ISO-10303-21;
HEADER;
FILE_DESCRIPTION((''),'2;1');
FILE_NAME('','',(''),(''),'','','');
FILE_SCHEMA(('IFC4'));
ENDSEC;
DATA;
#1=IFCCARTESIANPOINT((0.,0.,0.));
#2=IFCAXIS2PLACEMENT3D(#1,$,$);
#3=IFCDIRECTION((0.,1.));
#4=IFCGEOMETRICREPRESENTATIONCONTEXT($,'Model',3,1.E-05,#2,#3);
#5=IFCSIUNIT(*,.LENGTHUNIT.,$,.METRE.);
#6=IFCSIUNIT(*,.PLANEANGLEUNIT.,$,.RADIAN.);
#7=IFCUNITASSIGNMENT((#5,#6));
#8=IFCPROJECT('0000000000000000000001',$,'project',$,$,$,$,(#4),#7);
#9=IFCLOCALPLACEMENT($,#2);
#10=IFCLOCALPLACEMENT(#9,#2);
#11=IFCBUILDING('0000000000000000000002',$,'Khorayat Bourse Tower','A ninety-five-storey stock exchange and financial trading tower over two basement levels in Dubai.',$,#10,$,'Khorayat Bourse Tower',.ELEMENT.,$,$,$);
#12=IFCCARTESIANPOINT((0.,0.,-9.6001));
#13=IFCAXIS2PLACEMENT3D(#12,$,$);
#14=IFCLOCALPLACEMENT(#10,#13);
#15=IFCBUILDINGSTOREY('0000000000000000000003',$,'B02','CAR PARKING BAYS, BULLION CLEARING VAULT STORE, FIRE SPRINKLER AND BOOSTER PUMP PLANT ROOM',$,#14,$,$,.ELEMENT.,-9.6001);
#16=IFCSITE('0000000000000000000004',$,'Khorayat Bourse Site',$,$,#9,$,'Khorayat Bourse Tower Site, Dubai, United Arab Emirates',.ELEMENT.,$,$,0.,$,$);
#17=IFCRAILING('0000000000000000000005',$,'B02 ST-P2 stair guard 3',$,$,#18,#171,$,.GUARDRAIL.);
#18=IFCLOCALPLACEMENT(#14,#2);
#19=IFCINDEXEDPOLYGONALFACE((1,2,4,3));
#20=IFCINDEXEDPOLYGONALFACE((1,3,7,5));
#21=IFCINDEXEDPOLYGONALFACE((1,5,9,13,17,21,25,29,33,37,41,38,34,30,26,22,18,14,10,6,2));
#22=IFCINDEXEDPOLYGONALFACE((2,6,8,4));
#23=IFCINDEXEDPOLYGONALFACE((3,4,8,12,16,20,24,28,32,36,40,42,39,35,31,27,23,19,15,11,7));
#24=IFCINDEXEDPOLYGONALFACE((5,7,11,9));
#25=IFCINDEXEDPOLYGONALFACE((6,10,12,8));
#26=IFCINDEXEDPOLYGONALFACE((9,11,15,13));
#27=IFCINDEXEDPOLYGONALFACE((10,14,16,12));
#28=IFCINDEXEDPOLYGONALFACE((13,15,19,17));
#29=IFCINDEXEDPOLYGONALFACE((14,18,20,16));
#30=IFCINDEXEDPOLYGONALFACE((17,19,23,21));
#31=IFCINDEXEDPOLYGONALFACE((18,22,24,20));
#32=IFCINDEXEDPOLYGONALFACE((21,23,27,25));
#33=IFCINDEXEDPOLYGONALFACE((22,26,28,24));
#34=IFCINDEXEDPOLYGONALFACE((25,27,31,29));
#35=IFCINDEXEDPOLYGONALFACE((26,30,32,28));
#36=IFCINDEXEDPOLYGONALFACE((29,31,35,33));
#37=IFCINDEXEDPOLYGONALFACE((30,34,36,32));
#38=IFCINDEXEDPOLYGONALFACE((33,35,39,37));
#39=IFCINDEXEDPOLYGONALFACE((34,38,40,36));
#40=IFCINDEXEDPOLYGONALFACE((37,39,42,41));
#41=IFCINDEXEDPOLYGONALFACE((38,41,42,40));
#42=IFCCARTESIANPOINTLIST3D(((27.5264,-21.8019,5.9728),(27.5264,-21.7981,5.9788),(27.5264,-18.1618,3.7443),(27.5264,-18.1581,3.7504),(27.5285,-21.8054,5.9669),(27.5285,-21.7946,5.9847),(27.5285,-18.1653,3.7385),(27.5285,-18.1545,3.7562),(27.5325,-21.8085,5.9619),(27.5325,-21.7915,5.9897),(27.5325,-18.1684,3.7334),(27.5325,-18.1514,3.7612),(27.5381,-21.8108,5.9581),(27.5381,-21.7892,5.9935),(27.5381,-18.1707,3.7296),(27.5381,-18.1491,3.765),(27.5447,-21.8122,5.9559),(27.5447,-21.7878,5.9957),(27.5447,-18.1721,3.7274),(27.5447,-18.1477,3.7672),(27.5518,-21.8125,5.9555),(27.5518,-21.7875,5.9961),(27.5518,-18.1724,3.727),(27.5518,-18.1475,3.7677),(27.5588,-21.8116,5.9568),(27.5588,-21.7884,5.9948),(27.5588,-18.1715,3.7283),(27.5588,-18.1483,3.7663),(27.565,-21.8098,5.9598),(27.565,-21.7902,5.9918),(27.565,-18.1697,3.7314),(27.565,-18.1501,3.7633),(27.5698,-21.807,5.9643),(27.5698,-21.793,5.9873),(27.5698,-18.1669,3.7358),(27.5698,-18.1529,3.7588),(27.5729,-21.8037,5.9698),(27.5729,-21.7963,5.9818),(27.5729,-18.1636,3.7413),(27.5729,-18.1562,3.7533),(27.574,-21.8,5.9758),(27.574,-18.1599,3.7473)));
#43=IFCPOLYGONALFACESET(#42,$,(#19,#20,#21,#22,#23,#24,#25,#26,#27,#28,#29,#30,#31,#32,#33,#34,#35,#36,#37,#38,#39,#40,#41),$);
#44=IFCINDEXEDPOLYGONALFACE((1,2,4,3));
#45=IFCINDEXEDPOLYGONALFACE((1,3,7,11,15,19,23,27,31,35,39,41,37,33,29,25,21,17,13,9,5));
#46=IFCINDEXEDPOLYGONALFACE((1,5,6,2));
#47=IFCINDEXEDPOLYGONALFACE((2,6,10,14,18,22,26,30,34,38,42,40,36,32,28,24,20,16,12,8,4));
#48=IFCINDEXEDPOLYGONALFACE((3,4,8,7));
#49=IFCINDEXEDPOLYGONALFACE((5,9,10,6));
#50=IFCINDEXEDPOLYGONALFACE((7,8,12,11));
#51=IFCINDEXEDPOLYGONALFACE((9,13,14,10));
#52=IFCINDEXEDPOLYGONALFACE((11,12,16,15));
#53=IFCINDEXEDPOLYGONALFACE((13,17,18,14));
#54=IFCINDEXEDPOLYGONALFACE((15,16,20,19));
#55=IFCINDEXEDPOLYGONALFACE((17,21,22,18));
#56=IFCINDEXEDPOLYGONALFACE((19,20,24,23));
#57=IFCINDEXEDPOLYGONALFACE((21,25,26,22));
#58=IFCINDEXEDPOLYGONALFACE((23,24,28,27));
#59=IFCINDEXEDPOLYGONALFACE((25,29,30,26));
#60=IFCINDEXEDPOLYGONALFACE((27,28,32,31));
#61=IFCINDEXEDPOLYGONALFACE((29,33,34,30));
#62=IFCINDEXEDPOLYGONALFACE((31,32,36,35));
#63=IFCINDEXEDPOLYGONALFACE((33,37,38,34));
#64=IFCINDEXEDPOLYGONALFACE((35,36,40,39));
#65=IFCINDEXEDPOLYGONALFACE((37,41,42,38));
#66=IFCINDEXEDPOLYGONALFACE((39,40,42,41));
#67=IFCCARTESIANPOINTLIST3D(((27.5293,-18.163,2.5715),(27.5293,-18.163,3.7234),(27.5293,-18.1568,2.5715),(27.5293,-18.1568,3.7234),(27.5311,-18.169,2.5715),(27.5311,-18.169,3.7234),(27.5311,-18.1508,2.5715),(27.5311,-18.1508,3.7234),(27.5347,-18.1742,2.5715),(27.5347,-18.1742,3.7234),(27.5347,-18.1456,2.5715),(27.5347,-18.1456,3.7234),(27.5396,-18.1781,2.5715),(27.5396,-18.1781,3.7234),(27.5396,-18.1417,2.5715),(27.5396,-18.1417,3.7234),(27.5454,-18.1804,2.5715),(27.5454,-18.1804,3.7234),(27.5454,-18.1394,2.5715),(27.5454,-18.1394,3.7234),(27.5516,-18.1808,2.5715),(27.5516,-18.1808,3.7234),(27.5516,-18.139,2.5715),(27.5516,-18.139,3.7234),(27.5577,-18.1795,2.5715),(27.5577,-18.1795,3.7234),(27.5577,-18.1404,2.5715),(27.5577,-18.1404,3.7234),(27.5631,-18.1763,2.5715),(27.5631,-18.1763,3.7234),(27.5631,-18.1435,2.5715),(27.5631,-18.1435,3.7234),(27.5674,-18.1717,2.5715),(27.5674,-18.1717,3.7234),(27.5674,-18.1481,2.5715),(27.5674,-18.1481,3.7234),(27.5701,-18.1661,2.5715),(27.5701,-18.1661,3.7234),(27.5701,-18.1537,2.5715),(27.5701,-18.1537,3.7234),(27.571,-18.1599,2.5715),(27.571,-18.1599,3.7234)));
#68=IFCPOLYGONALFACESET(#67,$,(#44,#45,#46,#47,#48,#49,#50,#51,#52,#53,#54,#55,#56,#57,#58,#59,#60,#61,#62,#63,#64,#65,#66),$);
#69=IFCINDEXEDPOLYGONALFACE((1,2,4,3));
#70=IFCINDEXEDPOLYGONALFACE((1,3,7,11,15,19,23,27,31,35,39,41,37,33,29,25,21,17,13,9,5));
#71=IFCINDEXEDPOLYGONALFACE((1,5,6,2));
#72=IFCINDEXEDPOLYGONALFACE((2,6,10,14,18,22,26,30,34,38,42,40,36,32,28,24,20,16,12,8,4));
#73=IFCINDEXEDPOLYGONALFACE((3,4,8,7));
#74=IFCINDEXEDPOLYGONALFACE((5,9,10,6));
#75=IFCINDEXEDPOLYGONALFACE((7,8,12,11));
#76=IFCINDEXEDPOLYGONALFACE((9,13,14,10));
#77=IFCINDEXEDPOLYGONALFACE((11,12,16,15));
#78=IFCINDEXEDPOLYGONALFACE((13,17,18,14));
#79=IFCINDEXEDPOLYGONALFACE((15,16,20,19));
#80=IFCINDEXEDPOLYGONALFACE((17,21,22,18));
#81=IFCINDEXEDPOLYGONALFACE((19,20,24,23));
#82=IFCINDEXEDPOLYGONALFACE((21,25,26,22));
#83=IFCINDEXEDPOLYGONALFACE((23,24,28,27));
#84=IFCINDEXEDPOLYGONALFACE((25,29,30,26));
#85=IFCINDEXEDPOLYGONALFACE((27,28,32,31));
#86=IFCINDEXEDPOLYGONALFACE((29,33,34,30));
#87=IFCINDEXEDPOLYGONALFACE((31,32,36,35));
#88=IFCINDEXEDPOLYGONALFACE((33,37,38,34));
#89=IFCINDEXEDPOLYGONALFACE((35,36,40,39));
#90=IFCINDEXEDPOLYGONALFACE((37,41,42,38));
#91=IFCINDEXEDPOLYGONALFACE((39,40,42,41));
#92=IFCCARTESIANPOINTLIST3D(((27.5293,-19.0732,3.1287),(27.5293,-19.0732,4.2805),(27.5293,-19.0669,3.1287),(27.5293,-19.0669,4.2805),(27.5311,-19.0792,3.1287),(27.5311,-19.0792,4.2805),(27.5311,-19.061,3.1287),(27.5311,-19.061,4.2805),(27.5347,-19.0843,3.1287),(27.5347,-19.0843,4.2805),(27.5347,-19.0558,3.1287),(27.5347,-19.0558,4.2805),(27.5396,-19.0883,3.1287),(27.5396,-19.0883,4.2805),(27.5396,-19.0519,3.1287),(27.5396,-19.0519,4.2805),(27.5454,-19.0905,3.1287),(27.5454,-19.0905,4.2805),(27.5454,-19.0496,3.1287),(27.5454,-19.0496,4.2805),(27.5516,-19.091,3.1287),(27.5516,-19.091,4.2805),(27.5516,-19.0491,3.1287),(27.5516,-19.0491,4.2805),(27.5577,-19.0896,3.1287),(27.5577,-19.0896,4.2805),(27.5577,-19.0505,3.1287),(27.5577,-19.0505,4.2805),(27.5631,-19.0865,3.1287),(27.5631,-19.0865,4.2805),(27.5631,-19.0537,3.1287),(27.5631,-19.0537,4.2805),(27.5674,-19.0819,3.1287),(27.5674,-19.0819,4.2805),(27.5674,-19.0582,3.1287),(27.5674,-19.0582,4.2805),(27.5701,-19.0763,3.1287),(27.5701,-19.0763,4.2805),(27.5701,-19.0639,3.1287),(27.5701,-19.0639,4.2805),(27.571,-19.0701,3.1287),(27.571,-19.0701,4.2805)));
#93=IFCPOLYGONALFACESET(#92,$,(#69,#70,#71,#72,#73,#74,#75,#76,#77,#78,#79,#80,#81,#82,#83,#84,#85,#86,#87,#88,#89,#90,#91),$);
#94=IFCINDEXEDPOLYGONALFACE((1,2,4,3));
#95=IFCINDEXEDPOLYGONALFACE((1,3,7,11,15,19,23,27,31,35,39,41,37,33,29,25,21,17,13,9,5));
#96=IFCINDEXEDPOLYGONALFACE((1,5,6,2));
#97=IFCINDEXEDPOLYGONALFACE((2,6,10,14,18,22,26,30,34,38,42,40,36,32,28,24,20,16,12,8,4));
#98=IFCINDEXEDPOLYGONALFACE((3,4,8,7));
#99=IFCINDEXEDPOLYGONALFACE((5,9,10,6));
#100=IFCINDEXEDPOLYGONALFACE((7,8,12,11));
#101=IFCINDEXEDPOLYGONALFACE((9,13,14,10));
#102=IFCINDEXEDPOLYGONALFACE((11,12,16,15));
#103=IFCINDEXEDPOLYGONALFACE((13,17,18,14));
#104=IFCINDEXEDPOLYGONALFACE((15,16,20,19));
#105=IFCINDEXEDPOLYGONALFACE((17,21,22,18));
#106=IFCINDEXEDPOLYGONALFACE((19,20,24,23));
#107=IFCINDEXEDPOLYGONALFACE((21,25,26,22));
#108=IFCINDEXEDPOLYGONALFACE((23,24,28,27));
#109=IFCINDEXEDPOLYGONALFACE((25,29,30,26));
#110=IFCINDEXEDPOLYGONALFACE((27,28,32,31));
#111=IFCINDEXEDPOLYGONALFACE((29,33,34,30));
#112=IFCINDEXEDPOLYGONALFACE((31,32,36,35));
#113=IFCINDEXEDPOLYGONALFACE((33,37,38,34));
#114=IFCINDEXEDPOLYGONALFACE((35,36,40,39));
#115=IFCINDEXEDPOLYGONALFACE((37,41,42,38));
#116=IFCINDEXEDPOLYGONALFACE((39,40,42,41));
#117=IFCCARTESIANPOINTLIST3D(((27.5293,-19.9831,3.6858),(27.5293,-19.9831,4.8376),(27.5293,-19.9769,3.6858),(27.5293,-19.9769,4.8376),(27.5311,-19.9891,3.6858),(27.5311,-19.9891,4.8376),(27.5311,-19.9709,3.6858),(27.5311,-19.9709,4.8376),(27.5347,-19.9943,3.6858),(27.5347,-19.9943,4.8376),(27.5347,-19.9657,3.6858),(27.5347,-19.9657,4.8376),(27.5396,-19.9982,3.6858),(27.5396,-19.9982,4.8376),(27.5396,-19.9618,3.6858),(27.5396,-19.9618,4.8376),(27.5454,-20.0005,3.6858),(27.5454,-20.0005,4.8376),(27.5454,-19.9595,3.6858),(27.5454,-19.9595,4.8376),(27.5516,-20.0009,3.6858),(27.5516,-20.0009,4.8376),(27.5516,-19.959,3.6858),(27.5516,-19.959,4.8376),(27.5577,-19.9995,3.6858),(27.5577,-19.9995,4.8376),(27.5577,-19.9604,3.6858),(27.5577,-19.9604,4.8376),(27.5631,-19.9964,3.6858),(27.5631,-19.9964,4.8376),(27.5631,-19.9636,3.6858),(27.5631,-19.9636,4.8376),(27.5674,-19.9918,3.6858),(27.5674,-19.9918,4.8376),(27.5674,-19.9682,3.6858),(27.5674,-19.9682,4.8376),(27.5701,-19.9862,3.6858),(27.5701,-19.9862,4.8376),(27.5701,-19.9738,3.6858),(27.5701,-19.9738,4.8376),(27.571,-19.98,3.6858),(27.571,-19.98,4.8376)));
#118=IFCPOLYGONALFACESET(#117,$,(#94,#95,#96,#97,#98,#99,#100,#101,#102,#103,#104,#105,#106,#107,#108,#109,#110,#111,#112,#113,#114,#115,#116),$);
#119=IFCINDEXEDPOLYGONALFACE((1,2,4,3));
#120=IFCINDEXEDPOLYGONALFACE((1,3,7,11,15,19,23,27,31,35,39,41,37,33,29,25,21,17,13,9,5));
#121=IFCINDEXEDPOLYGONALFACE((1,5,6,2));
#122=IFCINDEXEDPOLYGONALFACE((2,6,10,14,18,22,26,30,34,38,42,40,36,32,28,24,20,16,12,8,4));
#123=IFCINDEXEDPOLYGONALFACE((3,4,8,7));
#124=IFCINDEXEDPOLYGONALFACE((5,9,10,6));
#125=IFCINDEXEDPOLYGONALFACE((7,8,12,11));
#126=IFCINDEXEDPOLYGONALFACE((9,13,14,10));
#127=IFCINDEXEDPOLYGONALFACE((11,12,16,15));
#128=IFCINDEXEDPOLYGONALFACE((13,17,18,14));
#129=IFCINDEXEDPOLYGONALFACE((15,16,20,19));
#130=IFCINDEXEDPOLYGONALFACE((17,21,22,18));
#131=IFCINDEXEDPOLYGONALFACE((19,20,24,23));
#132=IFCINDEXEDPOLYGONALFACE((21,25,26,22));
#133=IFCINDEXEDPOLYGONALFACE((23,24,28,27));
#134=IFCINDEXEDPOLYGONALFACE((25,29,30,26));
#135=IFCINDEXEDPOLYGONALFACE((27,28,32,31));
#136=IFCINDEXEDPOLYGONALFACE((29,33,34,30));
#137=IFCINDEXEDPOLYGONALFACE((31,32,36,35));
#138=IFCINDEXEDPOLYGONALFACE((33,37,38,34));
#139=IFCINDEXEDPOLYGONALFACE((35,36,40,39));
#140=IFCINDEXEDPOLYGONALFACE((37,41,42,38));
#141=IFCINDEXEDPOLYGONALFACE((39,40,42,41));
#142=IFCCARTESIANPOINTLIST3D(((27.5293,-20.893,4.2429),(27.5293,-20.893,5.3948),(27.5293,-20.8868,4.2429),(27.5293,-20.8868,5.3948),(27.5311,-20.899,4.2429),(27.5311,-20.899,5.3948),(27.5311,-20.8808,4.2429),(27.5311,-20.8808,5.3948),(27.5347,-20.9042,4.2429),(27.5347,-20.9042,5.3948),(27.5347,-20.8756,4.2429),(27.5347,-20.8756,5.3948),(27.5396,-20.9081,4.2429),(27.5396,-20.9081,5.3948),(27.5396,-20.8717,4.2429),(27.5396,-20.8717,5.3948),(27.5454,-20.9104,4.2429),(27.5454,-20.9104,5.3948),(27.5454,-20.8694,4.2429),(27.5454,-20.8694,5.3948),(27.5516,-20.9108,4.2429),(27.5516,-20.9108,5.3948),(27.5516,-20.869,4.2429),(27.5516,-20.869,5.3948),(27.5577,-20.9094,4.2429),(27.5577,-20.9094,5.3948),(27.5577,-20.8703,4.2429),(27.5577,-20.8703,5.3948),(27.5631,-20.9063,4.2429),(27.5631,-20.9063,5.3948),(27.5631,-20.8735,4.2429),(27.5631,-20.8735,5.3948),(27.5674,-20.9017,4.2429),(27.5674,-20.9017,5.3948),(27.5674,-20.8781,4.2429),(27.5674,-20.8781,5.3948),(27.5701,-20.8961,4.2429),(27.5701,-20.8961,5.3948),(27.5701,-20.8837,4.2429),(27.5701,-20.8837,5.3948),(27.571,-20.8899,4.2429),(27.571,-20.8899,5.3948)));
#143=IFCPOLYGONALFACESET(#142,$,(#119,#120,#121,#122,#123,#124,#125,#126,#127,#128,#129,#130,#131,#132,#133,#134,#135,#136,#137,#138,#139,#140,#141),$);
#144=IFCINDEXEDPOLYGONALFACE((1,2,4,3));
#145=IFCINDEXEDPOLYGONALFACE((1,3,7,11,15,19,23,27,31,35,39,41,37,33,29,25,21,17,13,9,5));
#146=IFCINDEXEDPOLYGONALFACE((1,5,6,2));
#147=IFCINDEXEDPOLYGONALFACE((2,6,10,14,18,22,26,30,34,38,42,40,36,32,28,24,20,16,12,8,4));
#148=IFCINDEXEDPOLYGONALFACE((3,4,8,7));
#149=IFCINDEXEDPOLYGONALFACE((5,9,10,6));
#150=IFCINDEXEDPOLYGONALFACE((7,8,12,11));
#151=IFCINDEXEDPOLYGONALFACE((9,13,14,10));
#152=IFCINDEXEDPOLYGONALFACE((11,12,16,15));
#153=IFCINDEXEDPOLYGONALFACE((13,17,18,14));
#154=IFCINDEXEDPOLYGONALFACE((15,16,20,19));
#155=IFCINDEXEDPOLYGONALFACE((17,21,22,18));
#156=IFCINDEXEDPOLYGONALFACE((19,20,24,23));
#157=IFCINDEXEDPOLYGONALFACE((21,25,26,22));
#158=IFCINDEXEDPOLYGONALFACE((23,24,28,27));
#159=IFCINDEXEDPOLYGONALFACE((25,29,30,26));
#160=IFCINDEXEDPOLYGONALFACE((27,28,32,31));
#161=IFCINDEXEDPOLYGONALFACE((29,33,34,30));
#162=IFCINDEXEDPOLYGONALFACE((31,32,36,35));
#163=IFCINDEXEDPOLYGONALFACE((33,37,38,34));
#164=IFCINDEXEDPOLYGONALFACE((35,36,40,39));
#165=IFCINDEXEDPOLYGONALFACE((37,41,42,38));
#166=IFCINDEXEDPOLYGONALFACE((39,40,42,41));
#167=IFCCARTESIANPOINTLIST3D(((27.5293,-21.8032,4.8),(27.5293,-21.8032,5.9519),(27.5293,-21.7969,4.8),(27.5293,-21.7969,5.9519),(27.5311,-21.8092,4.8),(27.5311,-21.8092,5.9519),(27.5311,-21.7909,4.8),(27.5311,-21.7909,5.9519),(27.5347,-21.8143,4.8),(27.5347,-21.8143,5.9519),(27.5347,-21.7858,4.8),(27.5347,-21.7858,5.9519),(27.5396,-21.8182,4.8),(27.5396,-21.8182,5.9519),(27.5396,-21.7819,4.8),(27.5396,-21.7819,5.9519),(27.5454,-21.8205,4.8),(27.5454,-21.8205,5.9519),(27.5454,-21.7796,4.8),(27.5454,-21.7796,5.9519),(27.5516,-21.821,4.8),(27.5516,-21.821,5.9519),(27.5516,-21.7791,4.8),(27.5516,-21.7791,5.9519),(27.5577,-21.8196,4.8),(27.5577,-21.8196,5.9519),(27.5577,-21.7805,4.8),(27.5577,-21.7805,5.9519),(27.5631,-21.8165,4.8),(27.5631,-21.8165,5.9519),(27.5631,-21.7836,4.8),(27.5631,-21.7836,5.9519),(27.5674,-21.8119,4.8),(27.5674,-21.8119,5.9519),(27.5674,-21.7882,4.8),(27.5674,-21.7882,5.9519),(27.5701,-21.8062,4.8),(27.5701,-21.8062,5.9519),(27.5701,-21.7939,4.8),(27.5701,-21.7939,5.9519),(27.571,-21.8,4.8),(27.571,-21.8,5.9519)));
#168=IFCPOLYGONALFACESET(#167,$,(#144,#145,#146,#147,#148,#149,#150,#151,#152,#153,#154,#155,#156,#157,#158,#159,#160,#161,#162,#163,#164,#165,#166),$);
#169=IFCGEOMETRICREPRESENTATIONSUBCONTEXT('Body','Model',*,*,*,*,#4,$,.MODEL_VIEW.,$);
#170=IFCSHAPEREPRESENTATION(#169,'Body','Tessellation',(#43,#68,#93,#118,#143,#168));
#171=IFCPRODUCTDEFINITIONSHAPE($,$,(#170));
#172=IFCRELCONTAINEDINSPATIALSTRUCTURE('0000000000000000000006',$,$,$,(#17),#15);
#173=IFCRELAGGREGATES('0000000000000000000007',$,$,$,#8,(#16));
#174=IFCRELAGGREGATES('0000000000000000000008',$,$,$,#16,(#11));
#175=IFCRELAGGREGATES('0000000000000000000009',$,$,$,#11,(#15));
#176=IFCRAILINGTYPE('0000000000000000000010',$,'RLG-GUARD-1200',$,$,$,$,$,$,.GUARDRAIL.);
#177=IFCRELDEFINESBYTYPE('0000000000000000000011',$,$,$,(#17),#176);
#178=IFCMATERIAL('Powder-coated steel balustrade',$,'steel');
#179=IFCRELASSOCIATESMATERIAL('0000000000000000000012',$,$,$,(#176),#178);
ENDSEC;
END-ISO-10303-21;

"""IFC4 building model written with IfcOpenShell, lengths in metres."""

from ifc_helpers import new_model, si_unit, direction, frame, origin, origin_2d, place, context, subcontext, project, spatial, circle, extrude, source, transform, mapped, material, type_object, element, save


model = new_model("IFC4")

# Units and contexts
model_context = context("Model", 3, precision=1e-05, world=origin(), true_north=direction((0.0, 1.0)))
body_context = subcontext(model_context, "Body", "Model", "MODEL_VIEW")
ifc_project = project(units=[si_unit("LENGTHUNIT", "METRE"), si_unit("PLANEANGLEUNIT", "RADIAN")], contexts=[model_context])

# Site, building, storey
site_placement = place(None, origin())
site = spatial("IfcSite", under=ifc_project, at=site_placement, Name="Khorayat Bourse Site", LongName="Khorayat Bourse Tower Site, Dubai, United Arab Emirates", CompositionType="ELEMENT", RefElevation=0.0)
building_placement = place(site_placement, origin())
building = spatial("IfcBuilding", under=site, at=building_placement, Name="Khorayat Bourse Tower", Description="A ninety-five-storey stock exchange and financial trading tower over two basement levels in Dubai.", LongName="Khorayat Bourse Tower", CompositionType="ELEMENT")
storey_placement = place(building_placement, frame((0.0, 0.0, -9.6001)))
storey = spatial("IfcBuildingStorey", under=building, at=storey_placement, Name="B02", Description="CAR PARKING BAYS, BULLION CLEARING VAULT STORE, FIRE SPRINKLER AND BOOSTER PUMP PLANT ROOM", CompositionType="ELEMENT", Elevation=-9.6001)

# Railing
ifc_material_1 = material(Name="Powder-coated steel balustrade", Category="steel")
railing_type_1 = type_object("IfcRailingType", Name="RLG-GUARD-1200", PredefinedType="GUARDRAIL", material=ifc_material_1)
shared_shape_1 = source(origin(), body_context, "Body", "SweptSolid", [
    extrude(circle(Radius=0.0239, at=origin_2d()), frame((0.0, 0.0, 1.1758), z_axis=(0.0, -0.852866, 0.52213), x_axis=(1.0, 0.0, 0.0)), (0.0, 0.0, 1.0), 4.2681),
    extrude(circle(Radius=0.021, at=origin_2d()), origin(), (0.0, 0.0, 1.0), 1.1519),
    extrude(circle(Radius=0.021, at=origin_2d()), frame((0.0, -0.9102, 0.5571)), (0.0, 0.0, 1.0), 1.1519),
    extrude(circle(Radius=0.021, at=origin_2d()), frame((0.0, -1.8201, 1.1143)), (0.0, 0.0, 1.0), 1.1519),
    extrude(circle(Radius=0.021, at=origin_2d()), frame((0.0, -2.73, 1.6714)), (0.0, 0.0, 1.0), 1.1519),
    extrude(circle(Radius=0.021, at=origin_2d()), frame((0.0, -3.6401, 2.2285)), (0.0, 0.0, 1.0), 1.1519),
])
railing_1_placement = place(storey_placement, frame((27.55, -18.1599, 2.5715)))
element("IfcRailing", 1, at=railing_1_placement, inside=storey, type_object=railing_type_1, Name="B02 ST-P2 stair guard 3", PredefinedType="GUARDRAIL", context=body_context, shape_type="MappedRepresentation", body=[
    mapped(shared_shape_1, transform((0.0, 0.0, 0.0), scale=1.0)),
])

save(model, "model.ifc")
